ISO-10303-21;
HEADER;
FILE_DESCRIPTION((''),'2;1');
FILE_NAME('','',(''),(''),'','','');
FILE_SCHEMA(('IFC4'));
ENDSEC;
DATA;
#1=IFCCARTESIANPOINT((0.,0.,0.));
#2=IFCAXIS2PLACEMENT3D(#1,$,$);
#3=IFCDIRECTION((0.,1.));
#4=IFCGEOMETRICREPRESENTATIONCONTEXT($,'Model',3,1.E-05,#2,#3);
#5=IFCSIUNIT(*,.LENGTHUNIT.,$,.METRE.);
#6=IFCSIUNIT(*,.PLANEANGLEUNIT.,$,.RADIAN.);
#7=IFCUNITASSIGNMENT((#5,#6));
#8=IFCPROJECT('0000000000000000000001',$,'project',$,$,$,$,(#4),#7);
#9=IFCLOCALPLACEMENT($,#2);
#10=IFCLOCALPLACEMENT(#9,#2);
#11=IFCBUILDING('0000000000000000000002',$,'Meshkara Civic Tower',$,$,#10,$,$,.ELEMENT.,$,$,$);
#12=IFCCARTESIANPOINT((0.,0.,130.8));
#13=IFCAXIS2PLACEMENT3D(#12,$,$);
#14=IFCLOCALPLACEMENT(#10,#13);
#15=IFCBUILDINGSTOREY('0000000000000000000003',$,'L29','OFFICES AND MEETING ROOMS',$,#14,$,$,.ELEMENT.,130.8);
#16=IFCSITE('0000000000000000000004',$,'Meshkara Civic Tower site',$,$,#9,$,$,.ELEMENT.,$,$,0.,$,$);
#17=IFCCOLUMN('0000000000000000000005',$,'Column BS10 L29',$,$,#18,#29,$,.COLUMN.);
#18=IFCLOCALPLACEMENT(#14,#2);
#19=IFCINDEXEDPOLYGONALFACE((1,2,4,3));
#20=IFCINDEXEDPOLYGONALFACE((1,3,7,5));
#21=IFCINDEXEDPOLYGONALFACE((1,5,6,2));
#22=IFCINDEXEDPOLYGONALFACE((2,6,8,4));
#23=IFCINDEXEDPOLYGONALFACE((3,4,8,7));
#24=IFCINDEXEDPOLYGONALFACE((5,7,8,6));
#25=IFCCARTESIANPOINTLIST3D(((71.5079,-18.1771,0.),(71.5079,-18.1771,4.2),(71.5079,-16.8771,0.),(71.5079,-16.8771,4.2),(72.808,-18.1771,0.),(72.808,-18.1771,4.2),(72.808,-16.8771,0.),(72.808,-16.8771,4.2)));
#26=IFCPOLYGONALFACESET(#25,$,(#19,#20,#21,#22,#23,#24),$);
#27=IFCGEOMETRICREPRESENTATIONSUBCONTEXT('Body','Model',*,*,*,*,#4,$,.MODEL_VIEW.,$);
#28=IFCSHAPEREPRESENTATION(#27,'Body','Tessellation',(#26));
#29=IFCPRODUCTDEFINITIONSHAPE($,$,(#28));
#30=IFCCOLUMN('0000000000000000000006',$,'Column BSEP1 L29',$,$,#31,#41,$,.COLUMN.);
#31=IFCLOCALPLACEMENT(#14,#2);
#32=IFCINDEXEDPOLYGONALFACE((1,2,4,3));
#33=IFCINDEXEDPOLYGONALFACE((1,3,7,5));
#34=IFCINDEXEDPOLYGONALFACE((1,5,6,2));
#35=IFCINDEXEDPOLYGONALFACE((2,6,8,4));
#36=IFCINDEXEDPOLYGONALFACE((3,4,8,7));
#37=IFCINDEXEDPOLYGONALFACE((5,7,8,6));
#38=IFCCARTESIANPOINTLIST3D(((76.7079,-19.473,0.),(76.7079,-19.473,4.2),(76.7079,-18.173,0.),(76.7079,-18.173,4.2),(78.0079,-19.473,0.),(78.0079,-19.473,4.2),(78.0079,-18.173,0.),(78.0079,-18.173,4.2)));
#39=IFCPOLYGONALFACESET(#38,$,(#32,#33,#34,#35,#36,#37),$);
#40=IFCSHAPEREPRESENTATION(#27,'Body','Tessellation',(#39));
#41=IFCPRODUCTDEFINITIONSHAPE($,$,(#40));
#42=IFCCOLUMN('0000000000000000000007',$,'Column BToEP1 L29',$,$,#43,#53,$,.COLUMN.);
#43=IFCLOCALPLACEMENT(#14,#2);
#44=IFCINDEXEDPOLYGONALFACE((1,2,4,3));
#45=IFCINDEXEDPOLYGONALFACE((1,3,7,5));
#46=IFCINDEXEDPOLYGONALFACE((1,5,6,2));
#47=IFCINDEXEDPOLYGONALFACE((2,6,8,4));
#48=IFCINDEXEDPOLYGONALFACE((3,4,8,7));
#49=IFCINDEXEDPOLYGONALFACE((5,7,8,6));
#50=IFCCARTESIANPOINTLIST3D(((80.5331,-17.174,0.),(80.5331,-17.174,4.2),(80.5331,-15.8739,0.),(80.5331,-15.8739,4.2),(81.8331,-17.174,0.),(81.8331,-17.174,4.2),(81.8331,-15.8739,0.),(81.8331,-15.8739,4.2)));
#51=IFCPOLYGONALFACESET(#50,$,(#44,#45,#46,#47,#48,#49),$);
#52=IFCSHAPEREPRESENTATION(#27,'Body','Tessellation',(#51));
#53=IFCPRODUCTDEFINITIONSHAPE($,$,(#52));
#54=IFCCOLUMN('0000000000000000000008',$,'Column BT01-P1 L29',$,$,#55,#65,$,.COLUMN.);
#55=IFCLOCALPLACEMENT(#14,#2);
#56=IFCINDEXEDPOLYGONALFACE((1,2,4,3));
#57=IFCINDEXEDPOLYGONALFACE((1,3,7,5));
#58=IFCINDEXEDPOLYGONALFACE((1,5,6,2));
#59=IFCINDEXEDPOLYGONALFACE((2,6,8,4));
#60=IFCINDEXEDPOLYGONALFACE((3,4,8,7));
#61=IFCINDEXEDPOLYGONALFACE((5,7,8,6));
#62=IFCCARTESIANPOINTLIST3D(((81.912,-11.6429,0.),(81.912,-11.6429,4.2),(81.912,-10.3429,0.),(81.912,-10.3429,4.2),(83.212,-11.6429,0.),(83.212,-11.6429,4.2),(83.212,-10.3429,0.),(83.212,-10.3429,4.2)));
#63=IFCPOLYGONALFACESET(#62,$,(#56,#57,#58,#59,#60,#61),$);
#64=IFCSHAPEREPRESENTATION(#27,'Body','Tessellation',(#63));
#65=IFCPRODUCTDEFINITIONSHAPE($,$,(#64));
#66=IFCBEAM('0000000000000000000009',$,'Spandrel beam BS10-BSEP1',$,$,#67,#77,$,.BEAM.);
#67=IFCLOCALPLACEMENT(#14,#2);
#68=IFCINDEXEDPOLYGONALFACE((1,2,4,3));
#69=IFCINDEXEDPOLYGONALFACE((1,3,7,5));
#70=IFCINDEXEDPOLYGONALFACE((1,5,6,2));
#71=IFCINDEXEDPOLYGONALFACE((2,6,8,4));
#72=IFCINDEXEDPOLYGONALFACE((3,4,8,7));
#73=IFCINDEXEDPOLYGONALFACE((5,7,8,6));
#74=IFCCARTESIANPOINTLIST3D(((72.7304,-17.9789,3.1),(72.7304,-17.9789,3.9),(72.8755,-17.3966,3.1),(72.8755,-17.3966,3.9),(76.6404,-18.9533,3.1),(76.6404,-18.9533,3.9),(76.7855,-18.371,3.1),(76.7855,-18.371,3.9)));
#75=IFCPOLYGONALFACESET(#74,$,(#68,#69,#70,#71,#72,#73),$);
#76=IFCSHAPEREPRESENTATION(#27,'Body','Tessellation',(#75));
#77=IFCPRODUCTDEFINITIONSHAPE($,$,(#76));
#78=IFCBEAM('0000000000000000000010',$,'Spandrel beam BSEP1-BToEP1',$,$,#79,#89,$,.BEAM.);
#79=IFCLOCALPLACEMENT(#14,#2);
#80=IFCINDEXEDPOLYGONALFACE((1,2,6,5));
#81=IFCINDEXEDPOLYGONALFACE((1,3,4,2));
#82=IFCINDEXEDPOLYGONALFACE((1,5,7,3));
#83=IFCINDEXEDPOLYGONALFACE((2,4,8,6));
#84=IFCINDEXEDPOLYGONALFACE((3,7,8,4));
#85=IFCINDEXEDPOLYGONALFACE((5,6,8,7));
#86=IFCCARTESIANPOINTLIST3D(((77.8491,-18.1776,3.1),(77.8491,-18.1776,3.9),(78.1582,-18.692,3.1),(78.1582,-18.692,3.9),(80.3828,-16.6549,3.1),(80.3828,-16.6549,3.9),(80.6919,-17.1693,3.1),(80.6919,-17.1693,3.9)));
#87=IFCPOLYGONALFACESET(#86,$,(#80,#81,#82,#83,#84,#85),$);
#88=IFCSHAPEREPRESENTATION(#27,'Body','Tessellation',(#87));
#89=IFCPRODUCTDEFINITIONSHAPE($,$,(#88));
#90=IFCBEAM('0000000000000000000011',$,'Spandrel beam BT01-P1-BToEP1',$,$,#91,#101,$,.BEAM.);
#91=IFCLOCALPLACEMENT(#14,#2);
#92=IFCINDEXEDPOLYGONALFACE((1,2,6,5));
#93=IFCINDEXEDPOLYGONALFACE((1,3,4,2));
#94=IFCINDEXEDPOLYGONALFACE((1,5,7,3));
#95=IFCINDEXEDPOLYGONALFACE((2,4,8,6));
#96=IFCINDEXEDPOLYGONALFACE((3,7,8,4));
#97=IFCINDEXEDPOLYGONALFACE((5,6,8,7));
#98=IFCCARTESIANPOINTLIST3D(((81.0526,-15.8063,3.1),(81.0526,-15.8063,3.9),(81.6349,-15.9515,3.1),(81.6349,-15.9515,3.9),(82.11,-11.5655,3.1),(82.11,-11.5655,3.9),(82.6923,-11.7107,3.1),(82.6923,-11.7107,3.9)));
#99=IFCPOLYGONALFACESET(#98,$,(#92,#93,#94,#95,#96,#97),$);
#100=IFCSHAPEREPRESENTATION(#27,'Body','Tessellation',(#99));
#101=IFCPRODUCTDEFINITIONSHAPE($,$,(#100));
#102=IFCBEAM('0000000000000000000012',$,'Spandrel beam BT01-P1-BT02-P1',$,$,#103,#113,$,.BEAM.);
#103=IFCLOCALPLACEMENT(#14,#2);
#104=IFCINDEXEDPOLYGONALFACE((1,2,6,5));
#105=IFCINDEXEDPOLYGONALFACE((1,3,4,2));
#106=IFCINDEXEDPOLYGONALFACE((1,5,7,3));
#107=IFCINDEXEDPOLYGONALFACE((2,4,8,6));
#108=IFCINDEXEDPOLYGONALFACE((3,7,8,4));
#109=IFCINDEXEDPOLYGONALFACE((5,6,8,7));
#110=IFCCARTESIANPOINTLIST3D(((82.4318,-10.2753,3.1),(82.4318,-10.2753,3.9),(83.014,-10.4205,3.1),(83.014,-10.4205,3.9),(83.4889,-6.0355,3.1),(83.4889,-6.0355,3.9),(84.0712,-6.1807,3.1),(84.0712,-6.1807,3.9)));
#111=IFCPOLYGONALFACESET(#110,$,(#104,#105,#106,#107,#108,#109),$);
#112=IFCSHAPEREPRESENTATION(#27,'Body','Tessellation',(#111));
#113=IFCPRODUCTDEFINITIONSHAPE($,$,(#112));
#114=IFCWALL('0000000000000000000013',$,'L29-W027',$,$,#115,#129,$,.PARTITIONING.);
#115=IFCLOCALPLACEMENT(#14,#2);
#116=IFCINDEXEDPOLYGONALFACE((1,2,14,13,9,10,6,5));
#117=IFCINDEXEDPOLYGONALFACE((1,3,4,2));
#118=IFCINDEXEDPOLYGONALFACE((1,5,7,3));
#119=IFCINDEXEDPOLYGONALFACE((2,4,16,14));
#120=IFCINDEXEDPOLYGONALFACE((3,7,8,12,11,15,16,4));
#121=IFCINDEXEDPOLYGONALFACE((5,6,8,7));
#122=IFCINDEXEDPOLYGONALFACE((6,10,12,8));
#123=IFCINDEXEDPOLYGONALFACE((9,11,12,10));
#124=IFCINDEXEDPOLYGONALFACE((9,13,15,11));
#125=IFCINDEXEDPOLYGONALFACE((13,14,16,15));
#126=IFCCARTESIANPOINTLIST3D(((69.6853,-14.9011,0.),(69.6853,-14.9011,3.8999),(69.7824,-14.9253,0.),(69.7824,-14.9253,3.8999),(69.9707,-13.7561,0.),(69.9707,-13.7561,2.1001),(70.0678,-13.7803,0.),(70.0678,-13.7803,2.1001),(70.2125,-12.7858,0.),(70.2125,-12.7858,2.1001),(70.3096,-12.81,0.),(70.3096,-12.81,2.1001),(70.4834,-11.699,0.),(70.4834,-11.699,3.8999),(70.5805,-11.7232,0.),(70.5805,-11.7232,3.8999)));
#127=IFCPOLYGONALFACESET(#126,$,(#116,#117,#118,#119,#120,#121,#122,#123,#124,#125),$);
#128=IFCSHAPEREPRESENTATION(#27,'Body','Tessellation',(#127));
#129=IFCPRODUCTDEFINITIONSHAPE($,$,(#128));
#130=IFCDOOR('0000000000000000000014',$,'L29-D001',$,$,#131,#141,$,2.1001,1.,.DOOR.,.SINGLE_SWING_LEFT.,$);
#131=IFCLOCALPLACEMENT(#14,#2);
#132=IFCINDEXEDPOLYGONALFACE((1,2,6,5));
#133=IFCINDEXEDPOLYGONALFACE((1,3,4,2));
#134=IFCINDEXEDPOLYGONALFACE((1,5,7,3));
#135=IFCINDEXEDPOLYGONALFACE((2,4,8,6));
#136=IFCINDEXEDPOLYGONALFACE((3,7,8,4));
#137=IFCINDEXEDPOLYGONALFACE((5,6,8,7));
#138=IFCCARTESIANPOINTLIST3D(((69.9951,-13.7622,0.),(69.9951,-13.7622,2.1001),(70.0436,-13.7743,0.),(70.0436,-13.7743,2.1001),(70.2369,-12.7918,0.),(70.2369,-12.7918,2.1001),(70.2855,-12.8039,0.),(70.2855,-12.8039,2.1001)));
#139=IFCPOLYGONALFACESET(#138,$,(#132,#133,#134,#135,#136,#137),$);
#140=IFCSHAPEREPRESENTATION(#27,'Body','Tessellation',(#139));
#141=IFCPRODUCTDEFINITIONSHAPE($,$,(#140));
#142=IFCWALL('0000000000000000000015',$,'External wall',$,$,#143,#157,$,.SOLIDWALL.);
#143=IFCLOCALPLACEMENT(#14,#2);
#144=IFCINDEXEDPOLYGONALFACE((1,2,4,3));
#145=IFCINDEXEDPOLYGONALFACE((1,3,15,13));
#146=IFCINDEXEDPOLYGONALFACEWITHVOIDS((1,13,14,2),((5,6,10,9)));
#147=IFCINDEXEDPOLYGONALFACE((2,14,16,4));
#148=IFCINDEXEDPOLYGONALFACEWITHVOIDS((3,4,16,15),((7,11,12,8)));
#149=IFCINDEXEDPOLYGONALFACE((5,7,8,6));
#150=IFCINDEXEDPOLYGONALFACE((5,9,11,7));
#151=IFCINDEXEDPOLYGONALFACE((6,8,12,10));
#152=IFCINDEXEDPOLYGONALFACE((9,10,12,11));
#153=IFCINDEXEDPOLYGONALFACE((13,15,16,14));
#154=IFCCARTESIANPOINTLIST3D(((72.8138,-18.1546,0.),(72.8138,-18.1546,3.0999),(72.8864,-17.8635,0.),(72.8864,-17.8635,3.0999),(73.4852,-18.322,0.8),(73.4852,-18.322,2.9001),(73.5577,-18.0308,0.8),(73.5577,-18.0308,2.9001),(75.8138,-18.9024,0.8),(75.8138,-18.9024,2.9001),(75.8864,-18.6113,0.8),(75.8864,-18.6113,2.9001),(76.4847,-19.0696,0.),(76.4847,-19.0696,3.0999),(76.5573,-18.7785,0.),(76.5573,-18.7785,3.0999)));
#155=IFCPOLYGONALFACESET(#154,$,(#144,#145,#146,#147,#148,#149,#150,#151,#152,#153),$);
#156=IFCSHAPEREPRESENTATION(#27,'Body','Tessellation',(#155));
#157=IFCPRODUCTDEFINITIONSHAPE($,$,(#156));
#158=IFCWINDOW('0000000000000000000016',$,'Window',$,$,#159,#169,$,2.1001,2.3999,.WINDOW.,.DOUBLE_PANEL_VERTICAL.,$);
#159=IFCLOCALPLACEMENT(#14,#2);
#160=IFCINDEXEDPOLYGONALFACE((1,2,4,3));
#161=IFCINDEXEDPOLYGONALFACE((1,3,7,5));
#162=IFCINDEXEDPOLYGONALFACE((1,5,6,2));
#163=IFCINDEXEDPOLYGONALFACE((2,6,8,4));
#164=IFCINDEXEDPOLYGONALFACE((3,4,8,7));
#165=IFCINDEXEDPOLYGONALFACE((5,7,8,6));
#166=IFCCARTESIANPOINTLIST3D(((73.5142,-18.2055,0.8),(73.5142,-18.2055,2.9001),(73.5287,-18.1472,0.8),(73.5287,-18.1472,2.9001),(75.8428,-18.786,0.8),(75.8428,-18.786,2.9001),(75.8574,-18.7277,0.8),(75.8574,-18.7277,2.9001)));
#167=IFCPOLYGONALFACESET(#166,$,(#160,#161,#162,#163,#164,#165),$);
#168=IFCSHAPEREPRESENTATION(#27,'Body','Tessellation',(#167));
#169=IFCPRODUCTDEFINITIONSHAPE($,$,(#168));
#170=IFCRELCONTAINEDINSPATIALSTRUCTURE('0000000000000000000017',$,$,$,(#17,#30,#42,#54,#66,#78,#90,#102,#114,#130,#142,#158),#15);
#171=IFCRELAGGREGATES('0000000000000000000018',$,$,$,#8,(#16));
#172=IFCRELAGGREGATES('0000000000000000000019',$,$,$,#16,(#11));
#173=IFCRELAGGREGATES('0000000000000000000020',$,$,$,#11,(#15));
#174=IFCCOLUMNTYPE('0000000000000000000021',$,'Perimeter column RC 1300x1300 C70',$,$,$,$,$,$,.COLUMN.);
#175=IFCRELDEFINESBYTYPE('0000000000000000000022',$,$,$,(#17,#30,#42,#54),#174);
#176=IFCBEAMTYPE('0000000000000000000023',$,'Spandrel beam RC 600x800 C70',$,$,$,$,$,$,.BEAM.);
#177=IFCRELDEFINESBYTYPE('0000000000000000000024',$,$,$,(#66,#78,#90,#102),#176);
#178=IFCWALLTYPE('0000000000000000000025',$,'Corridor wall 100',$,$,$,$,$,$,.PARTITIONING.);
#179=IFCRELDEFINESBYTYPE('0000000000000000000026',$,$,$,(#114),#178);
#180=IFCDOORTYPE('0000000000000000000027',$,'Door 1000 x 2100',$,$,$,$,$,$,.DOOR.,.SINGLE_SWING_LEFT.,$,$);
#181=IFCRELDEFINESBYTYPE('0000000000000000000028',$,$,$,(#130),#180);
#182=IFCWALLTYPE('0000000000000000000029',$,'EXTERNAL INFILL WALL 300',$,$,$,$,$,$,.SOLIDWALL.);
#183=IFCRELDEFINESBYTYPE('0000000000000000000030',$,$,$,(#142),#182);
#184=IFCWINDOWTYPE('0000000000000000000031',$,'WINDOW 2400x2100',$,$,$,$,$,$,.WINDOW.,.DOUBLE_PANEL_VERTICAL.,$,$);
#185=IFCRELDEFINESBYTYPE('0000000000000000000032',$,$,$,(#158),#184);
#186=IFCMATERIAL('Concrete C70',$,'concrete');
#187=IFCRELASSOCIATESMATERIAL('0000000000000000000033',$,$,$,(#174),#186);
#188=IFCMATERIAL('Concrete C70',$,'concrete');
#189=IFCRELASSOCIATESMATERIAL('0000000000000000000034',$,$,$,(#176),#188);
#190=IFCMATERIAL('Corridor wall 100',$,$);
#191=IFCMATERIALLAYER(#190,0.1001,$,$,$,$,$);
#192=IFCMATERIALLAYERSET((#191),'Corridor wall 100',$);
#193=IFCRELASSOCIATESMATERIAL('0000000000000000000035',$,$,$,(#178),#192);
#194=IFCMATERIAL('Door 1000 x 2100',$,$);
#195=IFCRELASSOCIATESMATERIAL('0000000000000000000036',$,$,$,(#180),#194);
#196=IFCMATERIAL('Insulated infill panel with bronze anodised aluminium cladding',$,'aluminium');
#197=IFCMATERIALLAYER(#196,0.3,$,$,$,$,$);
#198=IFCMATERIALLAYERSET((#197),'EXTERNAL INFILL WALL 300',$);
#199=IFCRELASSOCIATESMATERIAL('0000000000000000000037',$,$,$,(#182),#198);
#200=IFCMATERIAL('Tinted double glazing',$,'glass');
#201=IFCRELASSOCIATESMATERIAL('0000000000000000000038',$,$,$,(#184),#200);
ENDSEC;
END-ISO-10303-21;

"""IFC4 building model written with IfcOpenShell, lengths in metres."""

from ifc_helpers import new_model, si_unit, direction, frame, frame_2d, origin, origin_2d, place, context, subcontext, project, spatial, rectangle, extrude, material, layer, layer_set, material_profile, profile_set, type_object, element, fill, save


model = new_model("IFC4")

# Units and contexts
model_context = context("Model", 3, precision=1e-05, world=origin(), true_north=direction((0.0, 1.0)))
body_context = subcontext(model_context, "Body", "Model", "MODEL_VIEW")
ifc_project = project(units=[si_unit("LENGTHUNIT", "METRE"), si_unit("PLANEANGLEUNIT", "RADIAN")], contexts=[model_context])

# Site, building, storey
site_placement = place(None, origin())
site = spatial("IfcSite", under=ifc_project, at=site_placement, Name="Meshkara Civic Tower site", CompositionType="ELEMENT", RefElevation=0.0)
building_placement = place(site_placement, origin())
building = spatial("IfcBuilding", under=site, at=building_placement, Name="Meshkara Civic Tower", CompositionType="ELEMENT")
storey_placement = place(building_placement, frame((0.0, 0.0, 130.8)))
storey = spatial("IfcBuildingStorey", under=building, at=storey_placement, Name="L29", Description="OFFICES AND MEETING ROOMS", CompositionType="ELEMENT", Elevation=130.8)

# Columns
ifc_material_1 = material(Name="Concrete C70", Category="concrete")
ifc_material_profile_1 = material_profile(ifc_material_1, rectangle(XDim=1.3, YDim=1.3, at=origin_2d()))
ifc_profile_set_1 = profile_set([ifc_material_profile_1], Name="Concrete C70")
column_type = type_object("IfcColumnType", Name="Perimeter column RC 1300x1300 C70", PredefinedType="COLUMN", material=ifc_profile_set_1)
for number, where, z_axis, x_axis, name in (
    (1, (72.158, -17.5271, 0.0), (0.0, 0.0, 1.0), (1.0, 0.0, 0.0), "Column BS10 L29"),
    (2, (77.3579, -18.823, 0.0), (0.0, 0.0, 1.0), (1.0, 0.0, 0.0), "Column BSEP1 L29"),
    (3, (81.1831, -16.5239, 0.0), (0.0, 0.0, 1.0), (1.0, 0.0, 0.0), "Column BToEP1 L29"),
    (4, (82.562, -10.9929, 0.0), (0.0, 0.0, 1.0), (1.0, 0.0, 0.0), "Column BT01-P1 L29"),
):
    element("IfcColumn", number, at=place(storey_placement, frame(where, z_axis=z_axis, x_axis=x_axis)), inside=storey, type_object=column_type, Name=name, PredefinedType="COLUMN", context=body_context, shape_type="SweptSolid", body=[
        extrude(rectangle(XDim=1.3, YDim=1.3, at=origin_2d()), origin(), (0.0, 0.0, 1.0), 4.2),
    ])

# Beams
ifc_material_2 = material(Name="Concrete C70", Category="concrete")
ifc_material_profile_2 = material_profile(ifc_material_2, rectangle(XDim=0.6001, YDim=0.8, at=origin_2d()))
ifc_profile_set_2 = profile_set([ifc_material_profile_2], Name="Concrete C70")
beam_type = type_object("IfcBeamType", Name="Spandrel beam RC 600x800 C70", PredefinedType="BEAM", material=ifc_profile_set_2)
beam_1_placement = place(storey_placement, frame((72.803, -17.6877, 3.5), z_axis=(0.970324, -0.241808, 0.0), x_axis=(0.241808, 0.970324, 0.0)))
element("IfcBeam", 5, at=beam_1_placement, inside=storey, type_object=beam_type, Name="Spandrel beam BS10-BSEP1", PredefinedType="BEAM", context=body_context, shape_type="SweptSolid", body=[
    extrude(rectangle(XDim=0.6001, YDim=0.8, at=origin_2d()), origin(), (0.0, 0.0, 1.0), 4.0295),
])
beam_2_placement = place(storey_placement, frame((78.0037, -18.4348, 3.5), z_axis=(0.857121, 0.515115, 0.0), x_axis=(-0.515115, 0.857121, 0.0)))
element("IfcBeam", 6, at=beam_2_placement, inside=storey, type_object=beam_type, Name="Spandrel beam BSEP1-BToEP1", PredefinedType="BEAM", context=body_context, shape_type="SweptSolid", body=[
    extrude(rectangle(XDim=0.6001, YDim=0.8, at=origin_2d()), origin(), (0.0, 0.0, 1.0), 2.9561),
])
beam_3_placement = place(storey_placement, frame((81.3438, -15.8789, 3.5), z_axis=(0.241931, 0.970293, 0.0), x_axis=(-0.970293, 0.241931, 0.0)))
element("IfcBeam", 7, at=beam_3_placement, inside=storey, type_object=beam_type, Name="Spandrel beam BT01-P1-BToEP1", PredefinedType="BEAM", context=body_context, shape_type="SweptSolid", body=[
    extrude(rectangle(XDim=0.6001, YDim=0.8, at=origin_2d()), origin(), (0.0, 0.0, 1.0), 4.3706),
])
beam_4_placement = place(storey_placement, frame((82.7229, -10.3479, 3.5), z_axis=(0.241931, 0.970293, 0.0), x_axis=(-0.970293, 0.241931, 0.0)))
element("IfcBeam", 8, at=beam_4_placement, inside=storey, type_object=beam_type, Name="Spandrel beam BT01-P1-BT02-P1", PredefinedType="BEAM", context=body_context, shape_type="SweptSolid", body=[
    extrude(rectangle(XDim=0.6001, YDim=0.8, at=origin_2d()), origin(), (0.0, 0.0, 1.0), 4.3696),
])

# Wall, opening, door
ifc_material_3 = material(Name="Corridor wall 100")
ifc_layer_1 = layer(ifc_material_3, 0.1001)
ifc_layer_set_1 = layer_set([ifc_layer_1], Name="Corridor wall 100")
wall_type_1 = type_object("IfcWallType", Name="Corridor wall 100", PredefinedType="PARTITIONING", material=ifc_layer_set_1)
wall_1_placement = place(storey_placement, frame((69.7339, -14.9131, 0.0), z_axis=(0.0, 0.0, 1.0), x_axis=(0.241839, 0.970316, 0.0)))
wall_1 = element("IfcWall", 9, at=wall_1_placement, inside=storey, type_object=wall_type_1, Name="L29-W027", PredefinedType="PARTITIONING", context=body_context, shape_type="SweptSolid", body=[
    extrude(rectangle(XDim=3.3, YDim=0.1001, at=frame_2d((1.6499, 0.0))), origin(), (0.0, 0.0, 1.0), 3.8999),
])
opening_1_placement = place(wall_1_placement, frame((1.1799, 0.0, 0.0)))
opening_1 = element("IfcOpeningElement", 10, at=opening_1_placement, cuts=wall_1, PredefinedType="OPENING", context=body_context, shape_type="SweptSolid", body=[
    extrude(rectangle(XDim=1.0, YDim=2.1001, at=frame_2d((0.5, 1.05))), frame((0.0, 0.0601, 0.0), z_axis=(0.0, -1.0, 0.0), x_axis=(1.0, 0.0, 0.0)), (0.0, 0.0, 1.0), 0.1201),
])
ifc_material_4 = material(Name="Door 1000 x 2100")
door_type_1 = type_object("IfcDoorType", Name="Door 1000 x 2100", OperationType="SINGLE_SWING_LEFT", PredefinedType="DOOR", material=ifc_material_4)
door_1_placement = place(opening_1_placement, origin())
door_1 = element("IfcDoor", 11, at=door_1_placement, inside=storey, type_object=door_type_1, Name="L29-D001", OperationType="SINGLE_SWING_LEFT", OverallHeight=2.1001, OverallWidth=1.0, PredefinedType="DOOR", context=body_context, shape_type="SweptSolid", body=[
    extrude(rectangle(XDim=1.0, YDim=2.1001, at=frame_2d((0.5, 1.05))), frame((0.0, 0.0249, 0.0), z_axis=(0.0, -1.0, 0.0), x_axis=(1.0, 0.0, 0.0)), (0.0, 0.0, 1.0), 0.05),
])
fill(opening_1, door_1)

# Wall, opening, window
ifc_material_5 = material(Name="Insulated infill panel with bronze anodised aluminium cladding", Category="aluminium")
ifc_layer_2 = layer(ifc_material_5, 0.3)
ifc_layer_set_2 = layer_set([ifc_layer_2], Name="EXTERNAL INFILL WALL 300")
wall_type_2 = type_object("IfcWallType", Name="EXTERNAL INFILL WALL 300", PredefinedType="SOLIDWALL", material=ifc_layer_set_2)
wall_2_placement = place(storey_placement, frame((72.8501, -18.009, 0.0), z_axis=(0.0, 0.0, 1.0), x_axis=(0.970309, -0.241867, 0.0)))
wall_2 = element("IfcWall", 12, at=wall_2_placement, inside=storey, type_object=wall_type_2, Name="External wall", PredefinedType="SOLIDWALL", context=body_context, shape_type="SweptSolid", body=[
    extrude(rectangle(XDim=3.7832, YDim=0.3, at=frame_2d((1.8916, 0.0))), origin(), (0.0, 0.0, 1.0), 3.0999),
])
opening_2_placement = place(wall_2_placement, frame((0.6919, 0.0, 0.8)))
opening_2 = element("IfcOpeningElement", 13, at=opening_2_placement, cuts=wall_2, PredefinedType="OPENING", context=body_context, shape_type="SweptSolid", body=[
    extrude(rectangle(XDim=2.3999, YDim=2.1001, at=frame_2d((1.2, 1.05))), frame((0.0, 0.1599, 0.0), z_axis=(0.0, -1.0, 0.0), x_axis=(1.0, 0.0, 0.0)), (0.0, 0.0, 1.0), 0.3201),
])
ifc_material_6 = material(Name="Tinted double glazing", Category="glass")
window_type_1 = type_object("IfcWindowType", Name="WINDOW 2400x2100", PartitioningType="DOUBLE_PANEL_VERTICAL", PredefinedType="WINDOW", material=ifc_material_6)
window_1_placement = place(opening_2_placement, origin())
window_1 = element("IfcWindow", 14, at=window_1_placement, inside=storey, type_object=window_type_1, Name="Window", OverallHeight=2.1001, OverallWidth=2.3999, PartitioningType="DOUBLE_PANEL_VERTICAL", PredefinedType="WINDOW", context=body_context, shape_type="SweptSolid", body=[
    extrude(rectangle(XDim=2.3999, YDim=2.1001, at=frame_2d((1.2, 1.05))), frame((0.0, 0.03, 0.0), z_axis=(0.0, -1.0, 0.0), x_axis=(1.0, 0.0, 0.0)), (0.0, 0.0, 1.0), 0.0601),
])
fill(opening_2, window_1)

save(model, "model.ifc")
